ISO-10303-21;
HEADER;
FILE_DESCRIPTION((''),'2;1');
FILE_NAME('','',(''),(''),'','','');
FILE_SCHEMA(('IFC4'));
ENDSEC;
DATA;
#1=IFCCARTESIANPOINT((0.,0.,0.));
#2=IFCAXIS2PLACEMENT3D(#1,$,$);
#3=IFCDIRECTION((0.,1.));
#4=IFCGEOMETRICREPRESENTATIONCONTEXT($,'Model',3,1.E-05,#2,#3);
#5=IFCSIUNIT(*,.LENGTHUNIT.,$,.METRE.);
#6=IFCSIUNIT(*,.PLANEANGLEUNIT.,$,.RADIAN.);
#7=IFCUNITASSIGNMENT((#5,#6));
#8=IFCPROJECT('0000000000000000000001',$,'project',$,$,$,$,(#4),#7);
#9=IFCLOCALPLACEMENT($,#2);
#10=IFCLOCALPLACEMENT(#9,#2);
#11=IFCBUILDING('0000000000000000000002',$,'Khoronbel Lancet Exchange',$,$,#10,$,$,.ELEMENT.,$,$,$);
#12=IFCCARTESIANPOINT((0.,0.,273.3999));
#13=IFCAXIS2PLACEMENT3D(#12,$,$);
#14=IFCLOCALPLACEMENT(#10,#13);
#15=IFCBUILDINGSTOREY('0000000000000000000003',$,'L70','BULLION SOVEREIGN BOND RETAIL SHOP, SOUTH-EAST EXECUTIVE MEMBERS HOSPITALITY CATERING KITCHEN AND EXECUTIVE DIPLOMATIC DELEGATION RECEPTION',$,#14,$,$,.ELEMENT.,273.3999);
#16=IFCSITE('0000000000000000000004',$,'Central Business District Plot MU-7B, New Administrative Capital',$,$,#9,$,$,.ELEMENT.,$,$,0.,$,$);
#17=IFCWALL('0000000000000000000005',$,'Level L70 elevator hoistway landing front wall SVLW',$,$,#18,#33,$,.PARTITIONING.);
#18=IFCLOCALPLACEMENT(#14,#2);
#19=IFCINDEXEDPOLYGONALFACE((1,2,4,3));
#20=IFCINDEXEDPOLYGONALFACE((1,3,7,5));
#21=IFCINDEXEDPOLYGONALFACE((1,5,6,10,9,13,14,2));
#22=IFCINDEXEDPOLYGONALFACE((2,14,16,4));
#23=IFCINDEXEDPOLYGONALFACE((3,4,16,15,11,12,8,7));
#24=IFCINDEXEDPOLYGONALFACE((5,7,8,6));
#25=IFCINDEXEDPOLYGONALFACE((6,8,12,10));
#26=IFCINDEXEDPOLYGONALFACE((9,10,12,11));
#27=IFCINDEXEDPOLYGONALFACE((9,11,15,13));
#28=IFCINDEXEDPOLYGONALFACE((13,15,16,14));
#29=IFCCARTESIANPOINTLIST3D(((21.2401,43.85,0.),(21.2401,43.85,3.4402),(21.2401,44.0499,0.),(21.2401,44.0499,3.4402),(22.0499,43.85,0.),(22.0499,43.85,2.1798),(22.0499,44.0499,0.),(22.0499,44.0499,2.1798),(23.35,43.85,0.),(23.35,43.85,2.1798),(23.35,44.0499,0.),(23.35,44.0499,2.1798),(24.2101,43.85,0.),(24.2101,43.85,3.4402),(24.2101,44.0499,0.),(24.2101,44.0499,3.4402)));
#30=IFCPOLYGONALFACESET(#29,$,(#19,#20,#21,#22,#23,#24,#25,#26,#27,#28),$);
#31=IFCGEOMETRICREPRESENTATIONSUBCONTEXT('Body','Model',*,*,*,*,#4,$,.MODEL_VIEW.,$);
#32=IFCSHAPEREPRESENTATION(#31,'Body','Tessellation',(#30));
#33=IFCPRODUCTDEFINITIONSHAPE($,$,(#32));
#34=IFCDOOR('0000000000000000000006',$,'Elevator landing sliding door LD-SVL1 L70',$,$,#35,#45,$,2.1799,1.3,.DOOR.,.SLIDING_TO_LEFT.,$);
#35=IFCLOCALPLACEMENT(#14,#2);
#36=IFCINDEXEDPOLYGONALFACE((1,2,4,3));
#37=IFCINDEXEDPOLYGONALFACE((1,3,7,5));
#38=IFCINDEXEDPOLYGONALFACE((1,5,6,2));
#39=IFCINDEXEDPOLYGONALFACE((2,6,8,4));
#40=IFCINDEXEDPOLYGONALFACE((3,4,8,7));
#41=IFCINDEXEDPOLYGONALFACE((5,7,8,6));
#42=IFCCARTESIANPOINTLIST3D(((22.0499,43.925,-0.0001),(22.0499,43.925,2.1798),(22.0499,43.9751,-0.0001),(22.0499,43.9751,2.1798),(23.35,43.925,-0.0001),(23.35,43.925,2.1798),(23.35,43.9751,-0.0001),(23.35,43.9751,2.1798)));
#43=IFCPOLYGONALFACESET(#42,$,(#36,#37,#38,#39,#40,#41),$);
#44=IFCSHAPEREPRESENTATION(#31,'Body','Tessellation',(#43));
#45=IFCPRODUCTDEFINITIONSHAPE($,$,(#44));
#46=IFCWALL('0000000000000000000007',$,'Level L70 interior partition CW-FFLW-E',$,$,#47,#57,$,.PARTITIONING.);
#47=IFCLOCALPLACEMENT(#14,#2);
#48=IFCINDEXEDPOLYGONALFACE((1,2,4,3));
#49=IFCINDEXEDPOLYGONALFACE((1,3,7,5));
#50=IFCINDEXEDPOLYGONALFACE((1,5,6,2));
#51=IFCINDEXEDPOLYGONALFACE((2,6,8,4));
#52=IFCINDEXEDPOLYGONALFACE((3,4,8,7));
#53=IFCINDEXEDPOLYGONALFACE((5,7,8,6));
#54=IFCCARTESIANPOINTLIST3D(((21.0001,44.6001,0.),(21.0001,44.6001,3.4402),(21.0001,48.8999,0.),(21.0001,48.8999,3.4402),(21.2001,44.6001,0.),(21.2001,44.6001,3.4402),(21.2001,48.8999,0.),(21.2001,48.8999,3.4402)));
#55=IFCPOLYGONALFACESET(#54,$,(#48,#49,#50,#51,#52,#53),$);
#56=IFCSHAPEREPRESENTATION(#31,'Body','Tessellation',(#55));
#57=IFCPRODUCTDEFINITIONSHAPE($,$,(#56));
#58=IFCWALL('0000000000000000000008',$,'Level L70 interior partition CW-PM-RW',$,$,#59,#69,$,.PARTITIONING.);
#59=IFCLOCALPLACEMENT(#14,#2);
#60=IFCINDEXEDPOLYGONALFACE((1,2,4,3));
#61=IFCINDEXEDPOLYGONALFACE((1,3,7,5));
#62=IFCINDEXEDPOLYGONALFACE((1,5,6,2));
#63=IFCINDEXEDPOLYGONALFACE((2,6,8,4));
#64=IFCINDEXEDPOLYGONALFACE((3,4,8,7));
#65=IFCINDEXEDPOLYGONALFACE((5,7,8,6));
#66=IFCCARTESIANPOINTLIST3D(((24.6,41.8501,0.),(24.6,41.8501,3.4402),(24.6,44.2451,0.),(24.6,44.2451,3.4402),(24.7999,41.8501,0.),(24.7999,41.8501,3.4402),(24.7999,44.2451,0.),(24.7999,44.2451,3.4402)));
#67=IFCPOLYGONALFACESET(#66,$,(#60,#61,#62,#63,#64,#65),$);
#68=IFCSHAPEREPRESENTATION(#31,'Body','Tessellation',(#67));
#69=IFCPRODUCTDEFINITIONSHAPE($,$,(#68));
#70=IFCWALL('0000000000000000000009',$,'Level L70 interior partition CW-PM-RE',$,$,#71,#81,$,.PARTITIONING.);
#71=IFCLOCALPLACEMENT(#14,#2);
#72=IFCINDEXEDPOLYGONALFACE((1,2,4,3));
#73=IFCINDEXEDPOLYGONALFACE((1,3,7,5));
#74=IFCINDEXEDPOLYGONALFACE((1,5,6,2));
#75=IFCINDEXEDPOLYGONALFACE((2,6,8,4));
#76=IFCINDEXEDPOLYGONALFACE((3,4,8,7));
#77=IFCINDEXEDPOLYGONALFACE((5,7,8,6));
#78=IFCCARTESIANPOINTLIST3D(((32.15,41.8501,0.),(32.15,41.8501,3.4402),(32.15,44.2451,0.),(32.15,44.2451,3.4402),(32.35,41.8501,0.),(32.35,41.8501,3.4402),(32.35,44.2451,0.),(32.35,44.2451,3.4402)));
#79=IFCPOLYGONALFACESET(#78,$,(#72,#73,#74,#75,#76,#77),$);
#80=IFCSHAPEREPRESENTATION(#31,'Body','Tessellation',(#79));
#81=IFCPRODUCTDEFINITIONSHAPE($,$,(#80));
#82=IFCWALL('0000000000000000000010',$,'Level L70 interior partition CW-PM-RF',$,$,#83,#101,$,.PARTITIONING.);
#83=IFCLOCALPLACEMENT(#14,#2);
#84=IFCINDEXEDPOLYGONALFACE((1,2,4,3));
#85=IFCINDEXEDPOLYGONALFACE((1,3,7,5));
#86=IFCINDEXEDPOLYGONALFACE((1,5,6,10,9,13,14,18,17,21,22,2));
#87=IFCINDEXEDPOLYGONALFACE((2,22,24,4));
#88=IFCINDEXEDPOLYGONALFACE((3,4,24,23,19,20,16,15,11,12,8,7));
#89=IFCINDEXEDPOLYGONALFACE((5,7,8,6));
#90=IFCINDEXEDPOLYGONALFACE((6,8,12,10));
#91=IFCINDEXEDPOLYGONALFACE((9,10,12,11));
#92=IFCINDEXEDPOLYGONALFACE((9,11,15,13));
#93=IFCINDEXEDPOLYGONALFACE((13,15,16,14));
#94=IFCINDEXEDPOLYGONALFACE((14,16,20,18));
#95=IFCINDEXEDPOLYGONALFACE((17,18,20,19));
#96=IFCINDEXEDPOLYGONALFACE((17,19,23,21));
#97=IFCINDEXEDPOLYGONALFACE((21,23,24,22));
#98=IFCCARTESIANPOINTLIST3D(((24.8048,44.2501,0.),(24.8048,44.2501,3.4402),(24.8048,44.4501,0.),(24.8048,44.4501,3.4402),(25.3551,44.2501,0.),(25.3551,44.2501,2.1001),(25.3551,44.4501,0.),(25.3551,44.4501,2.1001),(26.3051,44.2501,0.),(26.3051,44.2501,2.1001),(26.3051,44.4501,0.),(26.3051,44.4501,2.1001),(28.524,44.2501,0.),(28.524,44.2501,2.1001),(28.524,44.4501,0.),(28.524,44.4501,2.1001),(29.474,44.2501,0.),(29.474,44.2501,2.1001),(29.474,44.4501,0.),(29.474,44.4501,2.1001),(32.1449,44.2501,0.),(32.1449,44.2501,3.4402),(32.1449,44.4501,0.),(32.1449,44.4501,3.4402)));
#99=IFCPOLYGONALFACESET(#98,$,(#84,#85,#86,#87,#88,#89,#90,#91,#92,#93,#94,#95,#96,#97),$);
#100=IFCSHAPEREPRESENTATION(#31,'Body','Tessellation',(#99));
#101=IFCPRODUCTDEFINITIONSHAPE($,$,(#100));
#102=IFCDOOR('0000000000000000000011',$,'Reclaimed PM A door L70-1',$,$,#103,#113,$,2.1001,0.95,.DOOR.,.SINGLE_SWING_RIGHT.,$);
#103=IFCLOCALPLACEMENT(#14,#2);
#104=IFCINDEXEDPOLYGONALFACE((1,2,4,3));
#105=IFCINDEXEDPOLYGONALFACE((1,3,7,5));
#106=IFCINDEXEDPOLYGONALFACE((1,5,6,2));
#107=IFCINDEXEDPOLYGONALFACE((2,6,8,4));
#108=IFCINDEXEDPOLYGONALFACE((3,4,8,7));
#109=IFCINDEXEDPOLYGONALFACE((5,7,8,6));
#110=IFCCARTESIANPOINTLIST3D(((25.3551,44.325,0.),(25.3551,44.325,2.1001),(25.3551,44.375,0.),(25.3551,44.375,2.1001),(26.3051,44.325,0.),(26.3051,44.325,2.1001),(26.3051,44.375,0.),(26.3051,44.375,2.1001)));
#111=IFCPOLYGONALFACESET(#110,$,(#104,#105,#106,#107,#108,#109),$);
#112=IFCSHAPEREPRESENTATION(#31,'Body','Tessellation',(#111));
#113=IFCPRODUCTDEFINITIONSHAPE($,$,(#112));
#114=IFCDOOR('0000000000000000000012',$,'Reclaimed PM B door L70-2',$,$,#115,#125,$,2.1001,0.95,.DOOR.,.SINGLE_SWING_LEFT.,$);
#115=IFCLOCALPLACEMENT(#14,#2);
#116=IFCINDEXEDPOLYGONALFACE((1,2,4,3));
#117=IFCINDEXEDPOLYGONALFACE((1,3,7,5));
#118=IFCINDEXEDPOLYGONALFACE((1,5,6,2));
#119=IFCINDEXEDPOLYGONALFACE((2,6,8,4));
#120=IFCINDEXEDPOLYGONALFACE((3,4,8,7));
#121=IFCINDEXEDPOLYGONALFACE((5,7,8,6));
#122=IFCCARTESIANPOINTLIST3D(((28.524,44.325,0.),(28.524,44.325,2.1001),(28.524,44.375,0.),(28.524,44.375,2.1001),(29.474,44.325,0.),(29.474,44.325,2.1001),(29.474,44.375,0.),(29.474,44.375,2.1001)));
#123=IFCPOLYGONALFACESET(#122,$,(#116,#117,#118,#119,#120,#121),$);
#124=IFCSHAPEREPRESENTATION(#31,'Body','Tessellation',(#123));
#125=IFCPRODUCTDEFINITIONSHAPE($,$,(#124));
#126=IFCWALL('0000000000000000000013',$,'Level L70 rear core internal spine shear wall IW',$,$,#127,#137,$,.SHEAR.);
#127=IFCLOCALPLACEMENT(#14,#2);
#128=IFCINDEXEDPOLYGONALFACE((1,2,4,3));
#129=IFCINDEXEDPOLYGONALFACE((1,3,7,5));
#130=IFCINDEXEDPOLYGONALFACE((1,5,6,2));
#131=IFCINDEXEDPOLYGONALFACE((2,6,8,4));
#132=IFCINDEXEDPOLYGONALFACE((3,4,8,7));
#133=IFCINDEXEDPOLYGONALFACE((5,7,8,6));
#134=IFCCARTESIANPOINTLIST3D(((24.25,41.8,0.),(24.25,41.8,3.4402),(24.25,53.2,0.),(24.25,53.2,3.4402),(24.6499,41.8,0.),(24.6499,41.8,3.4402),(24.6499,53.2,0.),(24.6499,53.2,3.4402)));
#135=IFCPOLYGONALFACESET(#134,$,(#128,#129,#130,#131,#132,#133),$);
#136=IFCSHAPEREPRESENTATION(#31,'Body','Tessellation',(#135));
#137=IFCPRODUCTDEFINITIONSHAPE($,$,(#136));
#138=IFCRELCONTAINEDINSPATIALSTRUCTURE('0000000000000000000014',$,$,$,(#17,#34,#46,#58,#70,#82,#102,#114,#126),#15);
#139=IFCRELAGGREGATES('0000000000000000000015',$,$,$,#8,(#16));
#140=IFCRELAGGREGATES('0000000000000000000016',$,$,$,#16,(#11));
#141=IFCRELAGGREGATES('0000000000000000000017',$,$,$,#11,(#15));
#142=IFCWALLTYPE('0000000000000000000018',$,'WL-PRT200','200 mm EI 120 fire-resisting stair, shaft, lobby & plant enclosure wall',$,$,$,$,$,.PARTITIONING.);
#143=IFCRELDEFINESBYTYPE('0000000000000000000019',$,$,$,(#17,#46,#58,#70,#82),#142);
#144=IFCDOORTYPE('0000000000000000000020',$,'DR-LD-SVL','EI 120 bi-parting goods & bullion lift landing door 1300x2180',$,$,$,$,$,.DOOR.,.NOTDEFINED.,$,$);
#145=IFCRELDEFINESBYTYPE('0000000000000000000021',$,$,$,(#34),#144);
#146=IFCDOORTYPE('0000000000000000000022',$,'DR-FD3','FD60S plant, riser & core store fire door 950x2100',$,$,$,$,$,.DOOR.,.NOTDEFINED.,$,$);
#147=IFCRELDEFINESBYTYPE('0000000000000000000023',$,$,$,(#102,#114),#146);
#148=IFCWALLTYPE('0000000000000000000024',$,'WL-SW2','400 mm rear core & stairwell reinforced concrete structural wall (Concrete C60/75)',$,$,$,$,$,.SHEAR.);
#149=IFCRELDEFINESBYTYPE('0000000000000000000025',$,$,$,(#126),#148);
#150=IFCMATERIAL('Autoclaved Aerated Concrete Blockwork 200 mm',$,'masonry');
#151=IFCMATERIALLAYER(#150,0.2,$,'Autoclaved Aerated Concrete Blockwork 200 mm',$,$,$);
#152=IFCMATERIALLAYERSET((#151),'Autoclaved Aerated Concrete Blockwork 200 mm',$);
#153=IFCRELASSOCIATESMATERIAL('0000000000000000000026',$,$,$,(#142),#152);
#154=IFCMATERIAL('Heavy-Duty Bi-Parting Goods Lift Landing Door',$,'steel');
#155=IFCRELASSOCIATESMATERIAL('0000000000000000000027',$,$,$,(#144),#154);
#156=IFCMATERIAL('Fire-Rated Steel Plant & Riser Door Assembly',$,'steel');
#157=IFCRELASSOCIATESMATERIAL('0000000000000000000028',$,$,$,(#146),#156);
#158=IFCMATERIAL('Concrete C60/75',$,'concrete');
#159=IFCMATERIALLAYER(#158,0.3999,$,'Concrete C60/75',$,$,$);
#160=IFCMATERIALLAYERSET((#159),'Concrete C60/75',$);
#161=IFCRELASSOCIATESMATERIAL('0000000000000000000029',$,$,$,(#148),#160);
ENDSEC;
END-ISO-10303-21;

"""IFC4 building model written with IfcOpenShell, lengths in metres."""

from ifc_helpers import new_model, si_unit, direction, frame, frame_2d, origin, place, context, subcontext, project, spatial, rectangle, extrude, material, layer, layer_set, type_object, element, fill, save


model = new_model("IFC4")

# Units and contexts
model_context = context("Model", 3, precision=1e-05, world=origin(), true_north=direction((0.0, 1.0)))
body_context = subcontext(model_context, "Body", "Model", "MODEL_VIEW")
ifc_project = project(units=[si_unit("LENGTHUNIT", "METRE"), si_unit("PLANEANGLEUNIT", "RADIAN")], contexts=[model_context])

# Site, building, storey
site_placement = place(None, origin())
site = spatial("IfcSite", under=ifc_project, at=site_placement, Name="Central Business District Plot MU-7B, New Administrative Capital", CompositionType="ELEMENT", RefElevation=0.0)
building_placement = place(site_placement, origin())
building = spatial("IfcBuilding", under=site, at=building_placement, Name="Khoronbel Lancet Exchange", CompositionType="ELEMENT")
storey_placement = place(building_placement, frame((0.0, 0.0, 273.3999)))
storey = spatial("IfcBuildingStorey", under=building, at=storey_placement, Name="L70", Description="BULLION SOVEREIGN BOND RETAIL SHOP, SOUTH-EAST EXECUTIVE MEMBERS HOSPITALITY CATERING KITCHEN AND EXECUTIVE DIPLOMATIC DELEGATION RECEPTION", CompositionType="ELEMENT", Elevation=273.3999)

# Shared definitions
ifc_material_1 = material(Name="Concrete C60/75", Category="concrete")

# Wall, opening, door
ifc_material_2 = material(Name="Autoclaved Aerated Concrete Blockwork 200 mm", Category="masonry")
ifc_layer_1 = layer(ifc_material_2, 0.2, Name="Autoclaved Aerated Concrete Blockwork 200 mm")
ifc_layer_set_1 = layer_set([ifc_layer_1], Name="Autoclaved Aerated Concrete Blockwork 200 mm")
wall_type_1 = type_object("IfcWallType", Name="WL-PRT200", Description="200 mm EI 120 fire-resisting stair, shaft, lobby & plant enclosure wall", PredefinedType="PARTITIONING", material=ifc_layer_set_1)
wall_1_placement = place(storey_placement, frame((24.21, 43.95, 0.0), z_axis=(0.0, 0.0, 1.0), x_axis=(-1.0, 0.0, 0.0)))
wall_1 = element("IfcWall", 1, at=wall_1_placement, inside=storey, type_object=wall_type_1, Name="Level L70 elevator hoistway landing front wall SVLW", PredefinedType="PARTITIONING", context=body_context, shape_type="SweptSolid", body=[
    extrude(rectangle(XDim=2.97, YDim=0.2, at=frame_2d((1.4849, 0.0))), origin(), (0.0, 0.0, 1.0), 3.4402),
])
opening_1_placement = place(wall_1_placement, frame((0.8601, 0.0, 0.0)))
opening_1 = element("IfcOpeningElement", 2, at=opening_1_placement, cuts=wall_1, PredefinedType="OPENING", context=body_context, shape_type="SweptSolid", body=[
    extrude(rectangle(XDim=1.3, YDim=2.1799, at=frame_2d((0.6499, 1.0898))), frame((0.0, 0.1099, 0.0), z_axis=(0.0, -1.0, 0.0), x_axis=(1.0, 0.0, 0.0)), (0.0, 0.0, 1.0), 0.22),
])
ifc_material_3 = material(Name="Heavy-Duty Bi-Parting Goods Lift Landing Door", Category="steel")
door_type_1 = type_object("IfcDoorType", Name="DR-LD-SVL", Description="EI 120 bi-parting goods & bullion lift landing door 1300x2180", OperationType="NOTDEFINED", PredefinedType="DOOR", material=ifc_material_3)
door_1_placement = place(opening_1_placement, origin())
door_1 = element("IfcDoor", 3, at=door_1_placement, inside=storey, type_object=door_type_1, Name="Elevator landing sliding door LD-SVL1 L70", OperationType="SLIDING_TO_LEFT", OverallHeight=2.1799, OverallWidth=1.3, PredefinedType="DOOR", context=body_context, shape_type="SweptSolid", body=[
    extrude(rectangle(XDim=1.3, YDim=2.1799, at=frame_2d((0.6499, 1.0898))), frame((0.0, 0.0249, 0.0), z_axis=(0.0, -1.0, 0.0), x_axis=(1.0, 0.0, 0.0)), (0.0, 0.0, 1.0), 0.05),
])
fill(opening_1, door_1)

# Wall
wall_2_placement = place(storey_placement, frame((21.1001, 44.6001, 0.0), z_axis=(0.0, 0.0, 1.0), x_axis=(0.0, 1.0, 0.0)))
element("IfcWall", 4, at=wall_2_placement, inside=storey, type_object=wall_type_1, Name="Level L70 interior partition CW-FFLW-E", PredefinedType="PARTITIONING", context=body_context, shape_type="SweptSolid", body=[
    extrude(rectangle(XDim=4.2998, YDim=0.2, at=frame_2d((2.1499, 0.0))), origin(), (0.0, 0.0, 1.0), 3.4402),
])

# Walls
for number, where, z_axis, x_axis, name in (
    (5, (24.7, 41.8501, 0.0), (0.0, 0.0, 1.0), (0.0, 1.0, 0.0), "Level L70 interior partition CW-PM-RW"),
    (6, (32.25, 41.8501, 0.0), (0.0, 0.0, 1.0), (0.0, 1.0, 0.0), "Level L70 interior partition CW-PM-RE"),
):
    element("IfcWall", number, at=place(storey_placement, frame(where, z_axis=z_axis, x_axis=x_axis)), inside=storey, type_object=wall_type_1, Name=name, PredefinedType="PARTITIONING", context=body_context, shape_type="SweptSolid", body=[
        extrude(rectangle(XDim=2.395, YDim=0.2, at=frame_2d((1.1975, 0.0))), origin(), (0.0, 0.0, 1.0), 3.4402),
    ])

# Wall, openings, doors
wall_3_placement = place(storey_placement, frame((24.8049, 44.3501, 0.0), z_axis=(0.0, 0.0, 1.0), x_axis=(1.0, 0.0, 0.0)))
wall_3 = element("IfcWall", 7, at=wall_3_placement, inside=storey, type_object=wall_type_1, Name="Level L70 interior partition CW-PM-RF", PredefinedType="PARTITIONING", context=body_context, shape_type="SweptSolid", body=[
    extrude(rectangle(XDim=7.3401, YDim=0.2, at=frame_2d((3.6699, 0.0))), origin(), (0.0, 0.0, 1.0), 3.4402),
])
opening_2_placement = place(wall_3_placement, frame((0.55, 0.0, 0.0)))
opening_2 = element("IfcOpeningElement", 8, at=opening_2_placement, cuts=wall_3, PredefinedType="OPENING", context=body_context, shape_type="SweptSolid", body=[
    extrude(rectangle(XDim=0.95, YDim=2.1001, at=frame_2d((0.4751, 1.05))), frame((0.0, 0.1099, 0.0), z_axis=(0.0, -1.0, 0.0), x_axis=(1.0, 0.0, 0.0)), (0.0, 0.0, 1.0), 0.22),
])
opening_3_placement = place(wall_3_placement, frame((3.719, 0.0, 0.0)))
opening_3 = element("IfcOpeningElement", 9, at=opening_3_placement, cuts=wall_3, PredefinedType="OPENING", context=body_context, shape_type="SweptSolid", body=[
    extrude(rectangle(XDim=0.95, YDim=2.1001, at=frame_2d((0.4751, 1.05))), frame((0.0, 0.1099, 0.0), z_axis=(0.0, -1.0, 0.0), x_axis=(1.0, 0.0, 0.0)), (0.0, 0.0, 1.0), 0.22),
])
ifc_material_4 = material(Name="Fire-Rated Steel Plant & Riser Door Assembly", Category="steel")
door_type_2 = type_object("IfcDoorType", Name="DR-FD3", Description="FD60S plant, riser & core store fire door 950x2100", OperationType="NOTDEFINED", PredefinedType="DOOR", material=ifc_material_4)
door_2_placement = place(opening_2_placement, origin())
door_2 = element("IfcDoor", 10, at=door_2_placement, inside=storey, type_object=door_type_2, Name="Reclaimed PM A door L70-1", OperationType="SINGLE_SWING_RIGHT", OverallHeight=2.1001, OverallWidth=0.95, PredefinedType="DOOR", context=body_context, shape_type="SweptSolid", body=[
    extrude(rectangle(XDim=0.95, YDim=2.1001, at=frame_2d((0.4751, 1.05))), frame((0.0, 0.0249, 0.0), z_axis=(0.0, -1.0, 0.0), x_axis=(1.0, 0.0, 0.0)), (0.0, 0.0, 1.0), 0.05),
])
fill(opening_2, door_2)
door_3_placement = place(opening_3_placement, origin())
door_3 = element("IfcDoor", 11, at=door_3_placement, inside=storey, type_object=door_type_2, Name="Reclaimed PM B door L70-2", OperationType="SINGLE_SWING_LEFT", OverallHeight=2.1001, OverallWidth=0.95, PredefinedType="DOOR", context=body_context, shape_type="SweptSolid", body=[
    extrude(rectangle(XDim=0.95, YDim=2.1001, at=frame_2d((0.4751, 1.05))), frame((0.0, 0.0249, 0.0), z_axis=(0.0, -1.0, 0.0), x_axis=(1.0, 0.0, 0.0)), (0.0, 0.0, 1.0), 0.05),
])
fill(opening_3, door_3)

# Wall
ifc_layer_2 = layer(ifc_material_1, 0.3999, Name="Concrete C60/75")
ifc_layer_set_2 = layer_set([ifc_layer_2], Name="Concrete C60/75")
wall_type_2 = type_object("IfcWallType", Name="WL-SW2", Description="400 mm rear core & stairwell reinforced concrete structural wall (Concrete C60/75)", PredefinedType="SHEAR", material=ifc_layer_set_2)
wall_4_placement = place(storey_placement, frame((24.45, 41.8, 0.0), z_axis=(0.0, 0.0, 1.0), x_axis=(0.0, 1.0, 0.0)))
element("IfcWall", 12, at=wall_4_placement, inside=storey, type_object=wall_type_2, Name="Level L70 rear core internal spine shear wall IW", PredefinedType="SHEAR", context=body_context, shape_type="SweptSolid", body=[
    extrude(rectangle(XDim=11.3999, YDim=0.3999, at=frame_2d((5.7, 0.0))), origin(), (0.0, 0.0, 1.0), 3.4402),
])

save(model, "model.ifc")
